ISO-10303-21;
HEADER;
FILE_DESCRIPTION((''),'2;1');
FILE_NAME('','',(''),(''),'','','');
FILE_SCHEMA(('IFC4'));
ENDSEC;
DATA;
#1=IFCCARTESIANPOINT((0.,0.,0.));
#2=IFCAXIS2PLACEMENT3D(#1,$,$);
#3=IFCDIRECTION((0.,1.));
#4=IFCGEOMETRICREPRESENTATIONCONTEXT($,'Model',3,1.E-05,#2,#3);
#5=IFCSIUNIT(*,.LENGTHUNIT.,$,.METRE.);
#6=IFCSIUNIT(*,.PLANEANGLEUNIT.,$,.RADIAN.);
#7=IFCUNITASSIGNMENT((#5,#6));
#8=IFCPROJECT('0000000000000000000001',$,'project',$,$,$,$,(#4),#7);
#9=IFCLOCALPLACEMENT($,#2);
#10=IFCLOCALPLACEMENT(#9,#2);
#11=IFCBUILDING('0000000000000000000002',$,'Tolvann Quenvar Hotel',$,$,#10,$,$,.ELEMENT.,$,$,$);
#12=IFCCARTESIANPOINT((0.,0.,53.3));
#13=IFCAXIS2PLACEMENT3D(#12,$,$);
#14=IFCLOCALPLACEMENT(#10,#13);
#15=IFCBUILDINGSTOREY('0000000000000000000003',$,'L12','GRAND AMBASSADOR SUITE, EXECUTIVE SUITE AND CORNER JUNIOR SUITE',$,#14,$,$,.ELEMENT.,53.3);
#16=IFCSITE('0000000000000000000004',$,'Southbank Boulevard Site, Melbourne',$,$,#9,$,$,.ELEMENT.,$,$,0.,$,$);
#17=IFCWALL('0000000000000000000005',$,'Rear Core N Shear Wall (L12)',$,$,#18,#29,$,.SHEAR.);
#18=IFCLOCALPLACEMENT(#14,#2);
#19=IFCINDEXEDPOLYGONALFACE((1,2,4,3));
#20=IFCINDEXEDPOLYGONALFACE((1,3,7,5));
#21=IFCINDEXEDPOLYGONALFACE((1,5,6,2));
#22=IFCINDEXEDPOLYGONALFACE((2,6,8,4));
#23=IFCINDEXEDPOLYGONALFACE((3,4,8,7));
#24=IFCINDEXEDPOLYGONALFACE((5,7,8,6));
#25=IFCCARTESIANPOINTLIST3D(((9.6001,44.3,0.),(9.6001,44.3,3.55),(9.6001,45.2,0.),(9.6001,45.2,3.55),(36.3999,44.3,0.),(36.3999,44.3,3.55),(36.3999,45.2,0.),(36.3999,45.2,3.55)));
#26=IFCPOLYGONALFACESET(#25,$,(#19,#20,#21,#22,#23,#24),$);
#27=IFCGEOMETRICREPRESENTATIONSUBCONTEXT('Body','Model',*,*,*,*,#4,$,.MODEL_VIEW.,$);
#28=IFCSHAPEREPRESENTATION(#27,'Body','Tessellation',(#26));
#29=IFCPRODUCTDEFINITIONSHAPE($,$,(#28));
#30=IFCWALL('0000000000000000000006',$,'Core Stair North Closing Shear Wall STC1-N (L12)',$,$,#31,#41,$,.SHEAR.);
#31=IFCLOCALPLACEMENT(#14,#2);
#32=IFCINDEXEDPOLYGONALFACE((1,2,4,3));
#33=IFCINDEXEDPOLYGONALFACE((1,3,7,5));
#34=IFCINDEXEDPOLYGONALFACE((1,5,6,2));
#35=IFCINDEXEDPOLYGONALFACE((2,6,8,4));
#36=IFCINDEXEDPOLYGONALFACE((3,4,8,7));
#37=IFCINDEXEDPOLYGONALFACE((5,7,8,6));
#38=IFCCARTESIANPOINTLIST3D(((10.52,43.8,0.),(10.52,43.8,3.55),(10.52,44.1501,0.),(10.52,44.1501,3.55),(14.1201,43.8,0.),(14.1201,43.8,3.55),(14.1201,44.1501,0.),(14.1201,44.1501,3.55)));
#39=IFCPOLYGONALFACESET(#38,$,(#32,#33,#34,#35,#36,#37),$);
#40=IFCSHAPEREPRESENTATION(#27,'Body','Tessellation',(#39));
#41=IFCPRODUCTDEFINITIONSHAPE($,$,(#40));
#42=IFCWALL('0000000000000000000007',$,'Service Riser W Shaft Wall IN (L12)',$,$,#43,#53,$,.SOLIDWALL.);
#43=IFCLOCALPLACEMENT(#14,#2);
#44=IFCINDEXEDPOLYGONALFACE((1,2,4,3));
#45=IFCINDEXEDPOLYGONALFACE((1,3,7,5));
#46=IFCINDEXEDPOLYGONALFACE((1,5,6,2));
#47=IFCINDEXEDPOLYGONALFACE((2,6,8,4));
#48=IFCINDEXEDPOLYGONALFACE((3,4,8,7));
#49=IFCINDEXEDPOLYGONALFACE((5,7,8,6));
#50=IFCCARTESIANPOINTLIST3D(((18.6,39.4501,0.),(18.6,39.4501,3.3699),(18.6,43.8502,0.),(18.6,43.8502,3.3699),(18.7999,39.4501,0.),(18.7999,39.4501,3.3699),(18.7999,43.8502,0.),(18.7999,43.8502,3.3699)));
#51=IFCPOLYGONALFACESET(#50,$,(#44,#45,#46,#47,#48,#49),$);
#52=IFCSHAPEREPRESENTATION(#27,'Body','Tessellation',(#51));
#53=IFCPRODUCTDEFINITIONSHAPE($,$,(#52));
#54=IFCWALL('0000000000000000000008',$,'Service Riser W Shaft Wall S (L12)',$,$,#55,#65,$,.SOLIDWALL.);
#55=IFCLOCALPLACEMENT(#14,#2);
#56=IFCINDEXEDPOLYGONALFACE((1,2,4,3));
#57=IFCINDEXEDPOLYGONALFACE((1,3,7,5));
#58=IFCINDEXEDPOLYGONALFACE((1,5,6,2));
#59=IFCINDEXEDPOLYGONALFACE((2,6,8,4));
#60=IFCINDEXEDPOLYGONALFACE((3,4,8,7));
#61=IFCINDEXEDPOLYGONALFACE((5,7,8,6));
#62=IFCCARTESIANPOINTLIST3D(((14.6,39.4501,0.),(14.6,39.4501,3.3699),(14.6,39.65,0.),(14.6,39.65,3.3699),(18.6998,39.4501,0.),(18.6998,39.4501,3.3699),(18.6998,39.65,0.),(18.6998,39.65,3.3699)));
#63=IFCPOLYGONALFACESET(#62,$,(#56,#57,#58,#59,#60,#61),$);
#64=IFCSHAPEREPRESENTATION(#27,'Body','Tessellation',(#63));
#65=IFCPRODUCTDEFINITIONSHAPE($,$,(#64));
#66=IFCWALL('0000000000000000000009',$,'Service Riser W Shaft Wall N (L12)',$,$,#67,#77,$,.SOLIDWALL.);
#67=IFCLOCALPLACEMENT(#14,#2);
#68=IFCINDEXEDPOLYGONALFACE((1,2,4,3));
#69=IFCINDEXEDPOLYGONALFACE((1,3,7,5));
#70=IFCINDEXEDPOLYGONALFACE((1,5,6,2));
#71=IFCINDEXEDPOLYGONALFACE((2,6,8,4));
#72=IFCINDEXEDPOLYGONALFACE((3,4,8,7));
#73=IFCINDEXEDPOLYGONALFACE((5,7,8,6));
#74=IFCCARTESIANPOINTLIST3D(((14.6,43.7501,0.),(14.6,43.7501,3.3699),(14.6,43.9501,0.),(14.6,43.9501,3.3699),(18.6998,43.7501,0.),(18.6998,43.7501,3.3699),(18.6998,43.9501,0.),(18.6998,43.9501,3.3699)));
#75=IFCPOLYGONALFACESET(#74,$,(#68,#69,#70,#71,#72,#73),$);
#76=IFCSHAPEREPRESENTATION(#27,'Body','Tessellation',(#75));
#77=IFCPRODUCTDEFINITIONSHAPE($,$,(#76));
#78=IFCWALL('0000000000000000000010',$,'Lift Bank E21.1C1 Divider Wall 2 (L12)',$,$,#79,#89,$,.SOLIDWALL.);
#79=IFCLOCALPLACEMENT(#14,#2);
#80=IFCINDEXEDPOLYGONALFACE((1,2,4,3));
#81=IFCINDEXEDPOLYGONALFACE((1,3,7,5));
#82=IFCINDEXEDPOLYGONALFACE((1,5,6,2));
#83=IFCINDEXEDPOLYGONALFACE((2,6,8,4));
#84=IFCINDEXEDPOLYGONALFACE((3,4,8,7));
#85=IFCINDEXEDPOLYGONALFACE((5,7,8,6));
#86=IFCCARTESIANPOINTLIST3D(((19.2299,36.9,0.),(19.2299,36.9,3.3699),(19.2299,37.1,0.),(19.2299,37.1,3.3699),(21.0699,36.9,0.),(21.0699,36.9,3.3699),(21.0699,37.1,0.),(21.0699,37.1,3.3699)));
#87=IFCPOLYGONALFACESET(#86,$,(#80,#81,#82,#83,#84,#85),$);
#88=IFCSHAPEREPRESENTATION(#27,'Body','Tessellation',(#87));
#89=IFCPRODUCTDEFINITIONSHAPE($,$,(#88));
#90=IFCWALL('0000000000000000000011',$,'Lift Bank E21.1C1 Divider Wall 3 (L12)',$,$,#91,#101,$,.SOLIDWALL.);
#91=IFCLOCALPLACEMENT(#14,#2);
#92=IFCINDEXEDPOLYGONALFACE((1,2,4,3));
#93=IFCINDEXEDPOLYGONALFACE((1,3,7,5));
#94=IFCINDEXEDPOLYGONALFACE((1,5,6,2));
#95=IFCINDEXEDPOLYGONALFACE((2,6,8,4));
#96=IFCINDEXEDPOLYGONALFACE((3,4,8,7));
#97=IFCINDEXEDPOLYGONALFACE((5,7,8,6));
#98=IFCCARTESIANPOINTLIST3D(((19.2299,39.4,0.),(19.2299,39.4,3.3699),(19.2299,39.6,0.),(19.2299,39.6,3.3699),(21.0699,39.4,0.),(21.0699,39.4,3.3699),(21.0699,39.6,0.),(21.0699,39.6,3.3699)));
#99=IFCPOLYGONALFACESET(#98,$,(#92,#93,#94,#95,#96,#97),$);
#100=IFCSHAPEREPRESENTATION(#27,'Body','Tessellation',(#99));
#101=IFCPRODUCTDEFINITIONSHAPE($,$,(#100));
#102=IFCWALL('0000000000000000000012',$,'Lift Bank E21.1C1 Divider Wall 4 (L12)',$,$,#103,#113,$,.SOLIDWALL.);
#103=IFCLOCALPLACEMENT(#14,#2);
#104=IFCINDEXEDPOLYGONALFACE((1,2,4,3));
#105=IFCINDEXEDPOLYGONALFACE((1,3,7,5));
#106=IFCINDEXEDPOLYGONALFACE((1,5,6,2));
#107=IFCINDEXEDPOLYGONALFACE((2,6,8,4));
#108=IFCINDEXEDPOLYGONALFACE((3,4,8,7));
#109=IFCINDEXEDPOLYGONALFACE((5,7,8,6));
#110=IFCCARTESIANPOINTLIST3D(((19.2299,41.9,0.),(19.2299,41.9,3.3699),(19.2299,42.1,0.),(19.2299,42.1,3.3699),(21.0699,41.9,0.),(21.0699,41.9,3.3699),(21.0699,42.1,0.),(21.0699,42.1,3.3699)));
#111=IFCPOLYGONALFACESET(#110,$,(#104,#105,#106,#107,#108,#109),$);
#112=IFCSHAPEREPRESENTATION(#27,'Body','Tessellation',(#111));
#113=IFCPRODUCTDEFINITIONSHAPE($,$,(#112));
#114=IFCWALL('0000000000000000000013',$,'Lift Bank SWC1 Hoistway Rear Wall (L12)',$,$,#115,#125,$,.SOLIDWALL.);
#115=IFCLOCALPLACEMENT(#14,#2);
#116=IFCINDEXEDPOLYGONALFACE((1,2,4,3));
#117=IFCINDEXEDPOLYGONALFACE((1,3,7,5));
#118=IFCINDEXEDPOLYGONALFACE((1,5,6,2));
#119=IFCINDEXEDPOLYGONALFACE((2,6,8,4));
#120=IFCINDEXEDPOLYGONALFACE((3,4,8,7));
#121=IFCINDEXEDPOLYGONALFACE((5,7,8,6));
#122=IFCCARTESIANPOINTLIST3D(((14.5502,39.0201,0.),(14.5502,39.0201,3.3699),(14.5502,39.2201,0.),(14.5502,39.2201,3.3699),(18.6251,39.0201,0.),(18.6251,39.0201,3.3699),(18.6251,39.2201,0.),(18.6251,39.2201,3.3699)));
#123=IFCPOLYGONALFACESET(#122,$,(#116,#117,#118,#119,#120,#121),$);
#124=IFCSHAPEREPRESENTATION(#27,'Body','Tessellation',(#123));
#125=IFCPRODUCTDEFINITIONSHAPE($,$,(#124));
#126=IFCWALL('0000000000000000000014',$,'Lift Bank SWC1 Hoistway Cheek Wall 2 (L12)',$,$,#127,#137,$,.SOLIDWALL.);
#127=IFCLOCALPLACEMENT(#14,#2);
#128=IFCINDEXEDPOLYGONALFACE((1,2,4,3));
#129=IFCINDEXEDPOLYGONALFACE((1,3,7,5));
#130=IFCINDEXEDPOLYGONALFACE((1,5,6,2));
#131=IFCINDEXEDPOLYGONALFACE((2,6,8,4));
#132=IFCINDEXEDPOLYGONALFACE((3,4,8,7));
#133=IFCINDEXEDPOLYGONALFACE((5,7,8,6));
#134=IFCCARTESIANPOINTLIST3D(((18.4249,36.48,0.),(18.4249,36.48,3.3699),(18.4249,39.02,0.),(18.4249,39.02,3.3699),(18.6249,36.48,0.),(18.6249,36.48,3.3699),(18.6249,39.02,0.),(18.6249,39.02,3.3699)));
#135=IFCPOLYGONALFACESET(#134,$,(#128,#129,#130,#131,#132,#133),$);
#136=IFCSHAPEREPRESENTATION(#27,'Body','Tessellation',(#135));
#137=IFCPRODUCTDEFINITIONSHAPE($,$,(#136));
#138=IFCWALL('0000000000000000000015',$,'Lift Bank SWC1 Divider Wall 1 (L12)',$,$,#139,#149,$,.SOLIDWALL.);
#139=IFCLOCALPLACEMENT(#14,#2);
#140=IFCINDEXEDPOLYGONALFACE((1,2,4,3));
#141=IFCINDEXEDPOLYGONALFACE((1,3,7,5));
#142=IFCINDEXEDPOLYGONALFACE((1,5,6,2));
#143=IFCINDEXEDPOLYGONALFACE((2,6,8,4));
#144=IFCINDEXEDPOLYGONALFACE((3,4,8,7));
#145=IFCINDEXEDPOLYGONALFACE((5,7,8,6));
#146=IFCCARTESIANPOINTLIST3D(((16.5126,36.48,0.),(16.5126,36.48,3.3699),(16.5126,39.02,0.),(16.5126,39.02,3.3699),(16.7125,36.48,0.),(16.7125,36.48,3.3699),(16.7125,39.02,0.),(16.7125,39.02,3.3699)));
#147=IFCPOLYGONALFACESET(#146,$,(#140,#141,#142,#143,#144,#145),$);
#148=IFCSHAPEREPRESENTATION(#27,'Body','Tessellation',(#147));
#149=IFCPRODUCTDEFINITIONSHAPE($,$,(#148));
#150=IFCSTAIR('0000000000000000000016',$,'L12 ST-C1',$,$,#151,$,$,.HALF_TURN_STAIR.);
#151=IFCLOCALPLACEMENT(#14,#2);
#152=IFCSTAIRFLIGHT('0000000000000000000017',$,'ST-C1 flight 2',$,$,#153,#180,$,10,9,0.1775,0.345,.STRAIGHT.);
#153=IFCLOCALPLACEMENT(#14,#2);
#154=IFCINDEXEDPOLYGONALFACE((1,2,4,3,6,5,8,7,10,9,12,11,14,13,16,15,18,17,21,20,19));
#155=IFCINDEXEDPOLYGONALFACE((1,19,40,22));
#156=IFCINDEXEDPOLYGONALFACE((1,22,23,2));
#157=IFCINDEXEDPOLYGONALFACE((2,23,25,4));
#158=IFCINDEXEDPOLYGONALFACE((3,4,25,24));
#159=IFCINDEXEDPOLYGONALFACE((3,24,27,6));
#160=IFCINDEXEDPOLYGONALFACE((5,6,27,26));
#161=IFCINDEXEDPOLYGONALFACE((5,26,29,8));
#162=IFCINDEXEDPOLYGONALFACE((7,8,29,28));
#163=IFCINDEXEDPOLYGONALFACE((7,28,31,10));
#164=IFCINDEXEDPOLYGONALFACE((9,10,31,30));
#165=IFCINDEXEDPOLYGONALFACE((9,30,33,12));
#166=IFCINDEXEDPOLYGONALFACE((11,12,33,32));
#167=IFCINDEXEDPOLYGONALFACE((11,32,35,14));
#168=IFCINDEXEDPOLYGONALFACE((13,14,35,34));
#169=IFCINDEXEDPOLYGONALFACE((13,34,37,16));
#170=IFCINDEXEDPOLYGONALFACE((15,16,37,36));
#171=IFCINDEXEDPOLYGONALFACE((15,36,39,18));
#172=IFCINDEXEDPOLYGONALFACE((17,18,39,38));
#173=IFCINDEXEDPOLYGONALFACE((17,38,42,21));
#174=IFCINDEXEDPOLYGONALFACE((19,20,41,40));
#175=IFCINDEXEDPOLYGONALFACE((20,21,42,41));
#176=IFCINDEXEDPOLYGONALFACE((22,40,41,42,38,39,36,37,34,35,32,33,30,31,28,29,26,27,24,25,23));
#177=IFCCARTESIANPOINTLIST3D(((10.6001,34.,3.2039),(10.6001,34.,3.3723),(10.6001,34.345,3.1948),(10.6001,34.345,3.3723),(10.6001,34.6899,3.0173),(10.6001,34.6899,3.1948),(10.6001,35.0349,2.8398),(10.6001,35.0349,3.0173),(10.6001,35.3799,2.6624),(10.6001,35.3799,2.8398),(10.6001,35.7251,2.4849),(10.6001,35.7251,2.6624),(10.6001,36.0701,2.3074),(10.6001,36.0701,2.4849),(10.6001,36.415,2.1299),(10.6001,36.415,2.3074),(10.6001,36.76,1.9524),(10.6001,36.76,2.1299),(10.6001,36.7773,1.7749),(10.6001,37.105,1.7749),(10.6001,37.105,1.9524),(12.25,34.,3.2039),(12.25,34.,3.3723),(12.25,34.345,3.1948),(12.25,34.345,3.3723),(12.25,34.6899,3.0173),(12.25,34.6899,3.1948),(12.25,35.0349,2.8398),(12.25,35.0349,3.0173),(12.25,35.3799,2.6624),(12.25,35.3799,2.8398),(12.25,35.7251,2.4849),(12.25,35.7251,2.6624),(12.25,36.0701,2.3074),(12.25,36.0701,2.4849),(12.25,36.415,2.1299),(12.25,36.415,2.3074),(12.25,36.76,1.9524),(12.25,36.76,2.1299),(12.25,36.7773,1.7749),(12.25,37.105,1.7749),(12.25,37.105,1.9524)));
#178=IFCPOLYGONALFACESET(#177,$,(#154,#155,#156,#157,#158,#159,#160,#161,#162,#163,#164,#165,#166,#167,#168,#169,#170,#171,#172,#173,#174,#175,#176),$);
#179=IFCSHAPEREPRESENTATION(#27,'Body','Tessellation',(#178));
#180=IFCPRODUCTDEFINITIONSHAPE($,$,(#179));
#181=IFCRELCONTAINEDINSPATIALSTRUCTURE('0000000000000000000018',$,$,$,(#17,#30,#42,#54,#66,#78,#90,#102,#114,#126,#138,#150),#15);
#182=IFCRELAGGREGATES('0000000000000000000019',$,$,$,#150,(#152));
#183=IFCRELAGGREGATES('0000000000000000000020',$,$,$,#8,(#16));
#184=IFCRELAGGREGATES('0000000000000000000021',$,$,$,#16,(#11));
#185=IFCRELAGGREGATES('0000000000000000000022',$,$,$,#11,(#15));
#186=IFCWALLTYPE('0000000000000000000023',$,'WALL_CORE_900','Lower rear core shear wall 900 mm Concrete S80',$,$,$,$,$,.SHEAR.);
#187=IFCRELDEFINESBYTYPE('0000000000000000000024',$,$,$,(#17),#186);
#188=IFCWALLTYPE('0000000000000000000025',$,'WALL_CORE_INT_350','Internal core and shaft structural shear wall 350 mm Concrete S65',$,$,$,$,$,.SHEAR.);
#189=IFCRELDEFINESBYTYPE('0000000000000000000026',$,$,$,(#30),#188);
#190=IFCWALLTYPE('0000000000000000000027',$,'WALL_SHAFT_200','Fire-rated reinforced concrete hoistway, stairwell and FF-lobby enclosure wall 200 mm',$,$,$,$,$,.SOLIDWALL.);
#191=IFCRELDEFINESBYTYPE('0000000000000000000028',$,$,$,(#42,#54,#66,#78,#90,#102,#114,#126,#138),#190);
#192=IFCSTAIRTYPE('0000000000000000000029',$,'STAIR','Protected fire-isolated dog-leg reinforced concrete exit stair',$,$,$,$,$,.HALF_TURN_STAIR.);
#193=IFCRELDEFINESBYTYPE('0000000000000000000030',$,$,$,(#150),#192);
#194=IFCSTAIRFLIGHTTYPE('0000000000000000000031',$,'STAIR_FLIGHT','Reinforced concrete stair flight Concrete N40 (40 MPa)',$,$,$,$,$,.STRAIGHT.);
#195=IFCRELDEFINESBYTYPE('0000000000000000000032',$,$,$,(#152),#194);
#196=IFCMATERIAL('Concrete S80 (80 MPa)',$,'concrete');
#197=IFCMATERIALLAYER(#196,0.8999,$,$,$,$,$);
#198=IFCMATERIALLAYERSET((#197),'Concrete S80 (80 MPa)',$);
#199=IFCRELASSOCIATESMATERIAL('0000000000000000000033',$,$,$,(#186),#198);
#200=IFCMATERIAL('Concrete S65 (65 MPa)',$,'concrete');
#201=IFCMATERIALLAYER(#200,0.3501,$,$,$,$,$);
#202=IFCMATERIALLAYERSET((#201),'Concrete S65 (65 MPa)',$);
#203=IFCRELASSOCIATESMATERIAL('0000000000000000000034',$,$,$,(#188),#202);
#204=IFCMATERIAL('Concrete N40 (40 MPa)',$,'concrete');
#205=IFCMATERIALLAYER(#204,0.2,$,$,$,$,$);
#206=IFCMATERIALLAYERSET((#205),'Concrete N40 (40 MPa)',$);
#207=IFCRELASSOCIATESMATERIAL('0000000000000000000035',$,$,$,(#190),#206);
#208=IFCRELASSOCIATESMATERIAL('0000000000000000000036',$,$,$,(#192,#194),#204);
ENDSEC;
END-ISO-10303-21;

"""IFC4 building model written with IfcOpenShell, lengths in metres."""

from ifc_helpers import new_model, si_unit, direction, frame, frame_2d, origin, place, context, subcontext, project, spatial, polyline, rectangle, outline, extrude, material, layer, layer_set, type_object, element, aggregate, save


model = new_model("IFC4")

# Units and contexts
model_context = context("Model", 3, precision=1e-05, world=origin(), true_north=direction((0.0, 1.0)))
body_context = subcontext(model_context, "Body", "Model", "MODEL_VIEW")
ifc_project = project(units=[si_unit("LENGTHUNIT", "METRE"), si_unit("PLANEANGLEUNIT", "RADIAN")], contexts=[model_context])

# Site, building, storey
site_placement = place(None, origin())
site = spatial("IfcSite", under=ifc_project, at=site_placement, Name="Southbank Boulevard Site, Melbourne", CompositionType="ELEMENT", RefElevation=0.0)
building_placement = place(site_placement, origin())
building = spatial("IfcBuilding", under=site, at=building_placement, Name="Tolvann Quenvar Hotel", CompositionType="ELEMENT")
storey_placement = place(building_placement, frame((0.0, 0.0, 53.3)))
storey = spatial("IfcBuildingStorey", under=building, at=storey_placement, Name="L12", Description="GRAND AMBASSADOR SUITE, EXECUTIVE SUITE AND CORNER JUNIOR SUITE", CompositionType="ELEMENT", Elevation=53.3)

# Walls
ifc_material_1 = material(Name="Concrete S80 (80 MPa)", Category="concrete")
ifc_layer_1 = layer(ifc_material_1, 0.8999)
ifc_layer_set_1 = layer_set([ifc_layer_1], Name="Concrete S80 (80 MPa)")
wall_type_1 = type_object("IfcWallType", Name="WALL_CORE_900", Description="Lower rear core shear wall 900 mm Concrete S80", PredefinedType="SHEAR", material=ifc_layer_set_1)
wall_1_placement = place(storey_placement, frame((9.6001, 44.75, 0.0), z_axis=(0.0, 0.0, 1.0), x_axis=(1.0, 0.0, 0.0)))
element("IfcWall", 1, at=wall_1_placement, inside=storey, type_object=wall_type_1, Name="Rear Core N Shear Wall (L12)", PredefinedType="SHEAR", context=body_context, shape_type="SweptSolid", body=[
    extrude(rectangle(XDim=26.7998, YDim=0.8999, at=frame_2d((13.3999, 0.0))), origin(), (0.0, 0.0, 1.0), 3.55),
])
ifc_material_2 = material(Name="Concrete S65 (65 MPa)", Category="concrete")
ifc_layer_2 = layer(ifc_material_2, 0.3501)
ifc_layer_set_2 = layer_set([ifc_layer_2], Name="Concrete S65 (65 MPa)")
wall_type_2 = type_object("IfcWallType", Name="WALL_CORE_INT_350", Description="Internal core and shaft structural shear wall 350 mm Concrete S65", PredefinedType="SHEAR", material=ifc_layer_set_2)
wall_2_placement = place(storey_placement, frame((10.52, 43.9751, 0.0), z_axis=(0.0, 0.0, 1.0), x_axis=(1.0, 0.0, 0.0)))
element("IfcWall", 2, at=wall_2_placement, inside=storey, type_object=wall_type_2, Name="Core Stair North Closing Shear Wall STC1-N (L12)", PredefinedType="SHEAR", context=body_context, shape_type="SweptSolid", body=[
    extrude(rectangle(XDim=3.6001, YDim=0.3501, at=frame_2d((1.8, 0.0))), origin(), (0.0, 0.0, 1.0), 3.55),
])
ifc_material_3 = material(Name="Concrete N40 (40 MPa)", Category="concrete")
ifc_layer_3 = layer(ifc_material_3, 0.2)
ifc_layer_set_3 = layer_set([ifc_layer_3], Name="Concrete N40 (40 MPa)")
wall_type_3 = type_object("IfcWallType", Name="WALL_SHAFT_200", Description="Fire-rated reinforced concrete hoistway, stairwell and FF-lobby enclosure wall 200 mm", PredefinedType="SOLIDWALL", material=ifc_layer_set_3)
wall_3_placement = place(storey_placement, frame((18.7, 39.45, 0.0), z_axis=(0.0, 0.0, 1.0), x_axis=(0.0, 1.0, 0.0)))
element("IfcWall", 3, at=wall_3_placement, inside=storey, type_object=wall_type_3, Name="Service Riser W Shaft Wall IN (L12)", PredefinedType="SOLIDWALL", context=body_context, shape_type="SweptSolid", body=[
    extrude(rectangle(XDim=4.4001, YDim=0.2, at=frame_2d((2.2002, 0.0))), origin(), (0.0, 0.0, 1.0), 3.3699),
])
for number, where, z_axis, x_axis, name in (
    (4, (14.6001, 39.55, 0.0), (0.0, 0.0, 1.0), (1.0, 0.0, 0.0), "Service Riser W Shaft Wall S (L12)"),
    (5, (14.6001, 43.8501, 0.0), (0.0, 0.0, 1.0), (1.0, 0.0, 0.0), "Service Riser W Shaft Wall N (L12)"),
):
    element("IfcWall", number, at=place(storey_placement, frame(where, z_axis=z_axis, x_axis=x_axis)), inside=storey, type_object=wall_type_3, Name=name, PredefinedType="SOLIDWALL", context=body_context, shape_type="SweptSolid", body=[
        extrude(rectangle(XDim=4.0999, YDim=0.2, at=frame_2d((2.0498, 0.0))), origin(), (0.0, 0.0, 1.0), 3.3699),
    ])
for number, where, z_axis, x_axis, name in (
    (6, (19.23, 37.0, 0.0), (0.0, 0.0, 1.0), (1.0, 0.0, 0.0), "Lift Bank E21.1C1 Divider Wall 2 (L12)"),
    (7, (19.23, 39.5, 0.0), (0.0, 0.0, 1.0), (1.0, 0.0, 0.0), "Lift Bank E21.1C1 Divider Wall 3 (L12)"),
    (8, (19.23, 42.0, 0.0), (0.0, 0.0, 1.0), (1.0, 0.0, 0.0), "Lift Bank E21.1C1 Divider Wall 4 (L12)"),
):
    element("IfcWall", number, at=place(storey_placement, frame(where, z_axis=z_axis, x_axis=x_axis)), inside=storey, type_object=wall_type_3, Name=name, PredefinedType="SOLIDWALL", context=body_context, shape_type="SweptSolid", body=[
        extrude(rectangle(XDim=1.8401, YDim=0.2, at=frame_2d((0.9199, 0.0))), origin(), (0.0, 0.0, 1.0), 3.3699),
    ])

# Walls
wall_4_placement = place(storey_placement, frame((14.55, 39.1201, 0.0), z_axis=(0.0, 0.0, 1.0), x_axis=(1.0, 0.0, 0.0)))
element("IfcWall", 9, at=wall_4_placement, inside=storey, type_object=wall_type_3, Name="Lift Bank SWC1 Hoistway Rear Wall (L12)", PredefinedType="SOLIDWALL", context=body_context, shape_type="SweptSolid", body=[
    extrude(rectangle(XDim=4.075, YDim=0.2, at=frame_2d((2.0376, 0.0))), origin(), (0.0, 0.0, 1.0), 3.3699),
])
for number, where, z_axis, x_axis, name in (
    (10, (18.5249, 36.48, 0.0), (0.0, 0.0, 1.0), (0.0, 1.0, 0.0), "Lift Bank SWC1 Hoistway Cheek Wall 2 (L12)"),
    (11, (16.6125, 36.48, 0.0), (0.0, 0.0, 1.0), (0.0, 1.0, 0.0), "Lift Bank SWC1 Divider Wall 1 (L12)"),
):
    element("IfcWall", number, at=place(storey_placement, frame(where, z_axis=z_axis, x_axis=x_axis)), inside=storey, type_object=wall_type_3, Name=name, PredefinedType="SOLIDWALL", context=body_context, shape_type="SweptSolid", body=[
        extrude(rectangle(XDim=2.54, YDim=0.2, at=frame_2d((1.27, 0.0))), origin(), (0.0, 0.0, 1.0), 3.3699),
    ])

# Stair, stair flight
stair_type = type_object("IfcStairType", Name="STAIR", Description="Protected fire-isolated dog-leg reinforced concrete exit stair", PredefinedType="HALF_TURN_STAIR", material=ifc_material_3)
stair_placement = place(storey_placement, origin())
stair = element("IfcStair", 12, at=stair_placement, inside=storey, type_object=stair_type, Name="L12 ST-C1", PredefinedType="HALF_TURN_STAIR")
stair_flight_type = type_object("IfcStairFlightType", Name="STAIR_FLIGHT", Description="Reinforced concrete stair flight Concrete N40 (40 MPa)", PredefinedType="STRAIGHT", material=ifc_material_3)
stair_flight_placement = place(storey_placement, frame((11.425, 37.105, 1.7749), z_axis=(0.0, 0.0, 1.0), x_axis=(0.0, -1.0, 0.0)))
stair_flight = element("IfcStairFlight", 13, at=stair_flight_placement, type_object=stair_flight_type, Name="ST-C1 flight 2", NumberOfRisers=10, NumberOfTreads=9, PredefinedType="STRAIGHT", RiserHeight=0.1775, TreadLength=0.345, context=body_context, shape_type="SweptSolid", body=[
    extrude(outline(polyline([(0.0, 0.0), (0.0, 0.1775), (0.345, 0.1775), (0.345, 0.355), (0.6899, 0.355), (0.6899, 0.5325), (1.0349, 0.5325), (1.0349, 0.71), (1.3799, 0.71), (1.3799, 0.8875), (1.7251, 0.8875), (1.7251, 1.0649), (2.0701, 1.0649), (2.0701, 1.2424), (2.415, 1.2424), (2.415, 1.4199), (2.76, 1.4199), (2.76, 1.5974), (3.105, 1.5974), (3.105, 1.7749), (3.105, 1.429), (0.3276, 0.0), (0.0, 0.0)])), frame((0.0, 0.825, 0.0), z_axis=(0.0, -1.0, 0.0), x_axis=(1.0, 0.0, 0.0)), (0.0, 0.0, 1.0), 1.6499),
])
aggregate(stair, [stair_flight])

save(model, "model.ifc")
